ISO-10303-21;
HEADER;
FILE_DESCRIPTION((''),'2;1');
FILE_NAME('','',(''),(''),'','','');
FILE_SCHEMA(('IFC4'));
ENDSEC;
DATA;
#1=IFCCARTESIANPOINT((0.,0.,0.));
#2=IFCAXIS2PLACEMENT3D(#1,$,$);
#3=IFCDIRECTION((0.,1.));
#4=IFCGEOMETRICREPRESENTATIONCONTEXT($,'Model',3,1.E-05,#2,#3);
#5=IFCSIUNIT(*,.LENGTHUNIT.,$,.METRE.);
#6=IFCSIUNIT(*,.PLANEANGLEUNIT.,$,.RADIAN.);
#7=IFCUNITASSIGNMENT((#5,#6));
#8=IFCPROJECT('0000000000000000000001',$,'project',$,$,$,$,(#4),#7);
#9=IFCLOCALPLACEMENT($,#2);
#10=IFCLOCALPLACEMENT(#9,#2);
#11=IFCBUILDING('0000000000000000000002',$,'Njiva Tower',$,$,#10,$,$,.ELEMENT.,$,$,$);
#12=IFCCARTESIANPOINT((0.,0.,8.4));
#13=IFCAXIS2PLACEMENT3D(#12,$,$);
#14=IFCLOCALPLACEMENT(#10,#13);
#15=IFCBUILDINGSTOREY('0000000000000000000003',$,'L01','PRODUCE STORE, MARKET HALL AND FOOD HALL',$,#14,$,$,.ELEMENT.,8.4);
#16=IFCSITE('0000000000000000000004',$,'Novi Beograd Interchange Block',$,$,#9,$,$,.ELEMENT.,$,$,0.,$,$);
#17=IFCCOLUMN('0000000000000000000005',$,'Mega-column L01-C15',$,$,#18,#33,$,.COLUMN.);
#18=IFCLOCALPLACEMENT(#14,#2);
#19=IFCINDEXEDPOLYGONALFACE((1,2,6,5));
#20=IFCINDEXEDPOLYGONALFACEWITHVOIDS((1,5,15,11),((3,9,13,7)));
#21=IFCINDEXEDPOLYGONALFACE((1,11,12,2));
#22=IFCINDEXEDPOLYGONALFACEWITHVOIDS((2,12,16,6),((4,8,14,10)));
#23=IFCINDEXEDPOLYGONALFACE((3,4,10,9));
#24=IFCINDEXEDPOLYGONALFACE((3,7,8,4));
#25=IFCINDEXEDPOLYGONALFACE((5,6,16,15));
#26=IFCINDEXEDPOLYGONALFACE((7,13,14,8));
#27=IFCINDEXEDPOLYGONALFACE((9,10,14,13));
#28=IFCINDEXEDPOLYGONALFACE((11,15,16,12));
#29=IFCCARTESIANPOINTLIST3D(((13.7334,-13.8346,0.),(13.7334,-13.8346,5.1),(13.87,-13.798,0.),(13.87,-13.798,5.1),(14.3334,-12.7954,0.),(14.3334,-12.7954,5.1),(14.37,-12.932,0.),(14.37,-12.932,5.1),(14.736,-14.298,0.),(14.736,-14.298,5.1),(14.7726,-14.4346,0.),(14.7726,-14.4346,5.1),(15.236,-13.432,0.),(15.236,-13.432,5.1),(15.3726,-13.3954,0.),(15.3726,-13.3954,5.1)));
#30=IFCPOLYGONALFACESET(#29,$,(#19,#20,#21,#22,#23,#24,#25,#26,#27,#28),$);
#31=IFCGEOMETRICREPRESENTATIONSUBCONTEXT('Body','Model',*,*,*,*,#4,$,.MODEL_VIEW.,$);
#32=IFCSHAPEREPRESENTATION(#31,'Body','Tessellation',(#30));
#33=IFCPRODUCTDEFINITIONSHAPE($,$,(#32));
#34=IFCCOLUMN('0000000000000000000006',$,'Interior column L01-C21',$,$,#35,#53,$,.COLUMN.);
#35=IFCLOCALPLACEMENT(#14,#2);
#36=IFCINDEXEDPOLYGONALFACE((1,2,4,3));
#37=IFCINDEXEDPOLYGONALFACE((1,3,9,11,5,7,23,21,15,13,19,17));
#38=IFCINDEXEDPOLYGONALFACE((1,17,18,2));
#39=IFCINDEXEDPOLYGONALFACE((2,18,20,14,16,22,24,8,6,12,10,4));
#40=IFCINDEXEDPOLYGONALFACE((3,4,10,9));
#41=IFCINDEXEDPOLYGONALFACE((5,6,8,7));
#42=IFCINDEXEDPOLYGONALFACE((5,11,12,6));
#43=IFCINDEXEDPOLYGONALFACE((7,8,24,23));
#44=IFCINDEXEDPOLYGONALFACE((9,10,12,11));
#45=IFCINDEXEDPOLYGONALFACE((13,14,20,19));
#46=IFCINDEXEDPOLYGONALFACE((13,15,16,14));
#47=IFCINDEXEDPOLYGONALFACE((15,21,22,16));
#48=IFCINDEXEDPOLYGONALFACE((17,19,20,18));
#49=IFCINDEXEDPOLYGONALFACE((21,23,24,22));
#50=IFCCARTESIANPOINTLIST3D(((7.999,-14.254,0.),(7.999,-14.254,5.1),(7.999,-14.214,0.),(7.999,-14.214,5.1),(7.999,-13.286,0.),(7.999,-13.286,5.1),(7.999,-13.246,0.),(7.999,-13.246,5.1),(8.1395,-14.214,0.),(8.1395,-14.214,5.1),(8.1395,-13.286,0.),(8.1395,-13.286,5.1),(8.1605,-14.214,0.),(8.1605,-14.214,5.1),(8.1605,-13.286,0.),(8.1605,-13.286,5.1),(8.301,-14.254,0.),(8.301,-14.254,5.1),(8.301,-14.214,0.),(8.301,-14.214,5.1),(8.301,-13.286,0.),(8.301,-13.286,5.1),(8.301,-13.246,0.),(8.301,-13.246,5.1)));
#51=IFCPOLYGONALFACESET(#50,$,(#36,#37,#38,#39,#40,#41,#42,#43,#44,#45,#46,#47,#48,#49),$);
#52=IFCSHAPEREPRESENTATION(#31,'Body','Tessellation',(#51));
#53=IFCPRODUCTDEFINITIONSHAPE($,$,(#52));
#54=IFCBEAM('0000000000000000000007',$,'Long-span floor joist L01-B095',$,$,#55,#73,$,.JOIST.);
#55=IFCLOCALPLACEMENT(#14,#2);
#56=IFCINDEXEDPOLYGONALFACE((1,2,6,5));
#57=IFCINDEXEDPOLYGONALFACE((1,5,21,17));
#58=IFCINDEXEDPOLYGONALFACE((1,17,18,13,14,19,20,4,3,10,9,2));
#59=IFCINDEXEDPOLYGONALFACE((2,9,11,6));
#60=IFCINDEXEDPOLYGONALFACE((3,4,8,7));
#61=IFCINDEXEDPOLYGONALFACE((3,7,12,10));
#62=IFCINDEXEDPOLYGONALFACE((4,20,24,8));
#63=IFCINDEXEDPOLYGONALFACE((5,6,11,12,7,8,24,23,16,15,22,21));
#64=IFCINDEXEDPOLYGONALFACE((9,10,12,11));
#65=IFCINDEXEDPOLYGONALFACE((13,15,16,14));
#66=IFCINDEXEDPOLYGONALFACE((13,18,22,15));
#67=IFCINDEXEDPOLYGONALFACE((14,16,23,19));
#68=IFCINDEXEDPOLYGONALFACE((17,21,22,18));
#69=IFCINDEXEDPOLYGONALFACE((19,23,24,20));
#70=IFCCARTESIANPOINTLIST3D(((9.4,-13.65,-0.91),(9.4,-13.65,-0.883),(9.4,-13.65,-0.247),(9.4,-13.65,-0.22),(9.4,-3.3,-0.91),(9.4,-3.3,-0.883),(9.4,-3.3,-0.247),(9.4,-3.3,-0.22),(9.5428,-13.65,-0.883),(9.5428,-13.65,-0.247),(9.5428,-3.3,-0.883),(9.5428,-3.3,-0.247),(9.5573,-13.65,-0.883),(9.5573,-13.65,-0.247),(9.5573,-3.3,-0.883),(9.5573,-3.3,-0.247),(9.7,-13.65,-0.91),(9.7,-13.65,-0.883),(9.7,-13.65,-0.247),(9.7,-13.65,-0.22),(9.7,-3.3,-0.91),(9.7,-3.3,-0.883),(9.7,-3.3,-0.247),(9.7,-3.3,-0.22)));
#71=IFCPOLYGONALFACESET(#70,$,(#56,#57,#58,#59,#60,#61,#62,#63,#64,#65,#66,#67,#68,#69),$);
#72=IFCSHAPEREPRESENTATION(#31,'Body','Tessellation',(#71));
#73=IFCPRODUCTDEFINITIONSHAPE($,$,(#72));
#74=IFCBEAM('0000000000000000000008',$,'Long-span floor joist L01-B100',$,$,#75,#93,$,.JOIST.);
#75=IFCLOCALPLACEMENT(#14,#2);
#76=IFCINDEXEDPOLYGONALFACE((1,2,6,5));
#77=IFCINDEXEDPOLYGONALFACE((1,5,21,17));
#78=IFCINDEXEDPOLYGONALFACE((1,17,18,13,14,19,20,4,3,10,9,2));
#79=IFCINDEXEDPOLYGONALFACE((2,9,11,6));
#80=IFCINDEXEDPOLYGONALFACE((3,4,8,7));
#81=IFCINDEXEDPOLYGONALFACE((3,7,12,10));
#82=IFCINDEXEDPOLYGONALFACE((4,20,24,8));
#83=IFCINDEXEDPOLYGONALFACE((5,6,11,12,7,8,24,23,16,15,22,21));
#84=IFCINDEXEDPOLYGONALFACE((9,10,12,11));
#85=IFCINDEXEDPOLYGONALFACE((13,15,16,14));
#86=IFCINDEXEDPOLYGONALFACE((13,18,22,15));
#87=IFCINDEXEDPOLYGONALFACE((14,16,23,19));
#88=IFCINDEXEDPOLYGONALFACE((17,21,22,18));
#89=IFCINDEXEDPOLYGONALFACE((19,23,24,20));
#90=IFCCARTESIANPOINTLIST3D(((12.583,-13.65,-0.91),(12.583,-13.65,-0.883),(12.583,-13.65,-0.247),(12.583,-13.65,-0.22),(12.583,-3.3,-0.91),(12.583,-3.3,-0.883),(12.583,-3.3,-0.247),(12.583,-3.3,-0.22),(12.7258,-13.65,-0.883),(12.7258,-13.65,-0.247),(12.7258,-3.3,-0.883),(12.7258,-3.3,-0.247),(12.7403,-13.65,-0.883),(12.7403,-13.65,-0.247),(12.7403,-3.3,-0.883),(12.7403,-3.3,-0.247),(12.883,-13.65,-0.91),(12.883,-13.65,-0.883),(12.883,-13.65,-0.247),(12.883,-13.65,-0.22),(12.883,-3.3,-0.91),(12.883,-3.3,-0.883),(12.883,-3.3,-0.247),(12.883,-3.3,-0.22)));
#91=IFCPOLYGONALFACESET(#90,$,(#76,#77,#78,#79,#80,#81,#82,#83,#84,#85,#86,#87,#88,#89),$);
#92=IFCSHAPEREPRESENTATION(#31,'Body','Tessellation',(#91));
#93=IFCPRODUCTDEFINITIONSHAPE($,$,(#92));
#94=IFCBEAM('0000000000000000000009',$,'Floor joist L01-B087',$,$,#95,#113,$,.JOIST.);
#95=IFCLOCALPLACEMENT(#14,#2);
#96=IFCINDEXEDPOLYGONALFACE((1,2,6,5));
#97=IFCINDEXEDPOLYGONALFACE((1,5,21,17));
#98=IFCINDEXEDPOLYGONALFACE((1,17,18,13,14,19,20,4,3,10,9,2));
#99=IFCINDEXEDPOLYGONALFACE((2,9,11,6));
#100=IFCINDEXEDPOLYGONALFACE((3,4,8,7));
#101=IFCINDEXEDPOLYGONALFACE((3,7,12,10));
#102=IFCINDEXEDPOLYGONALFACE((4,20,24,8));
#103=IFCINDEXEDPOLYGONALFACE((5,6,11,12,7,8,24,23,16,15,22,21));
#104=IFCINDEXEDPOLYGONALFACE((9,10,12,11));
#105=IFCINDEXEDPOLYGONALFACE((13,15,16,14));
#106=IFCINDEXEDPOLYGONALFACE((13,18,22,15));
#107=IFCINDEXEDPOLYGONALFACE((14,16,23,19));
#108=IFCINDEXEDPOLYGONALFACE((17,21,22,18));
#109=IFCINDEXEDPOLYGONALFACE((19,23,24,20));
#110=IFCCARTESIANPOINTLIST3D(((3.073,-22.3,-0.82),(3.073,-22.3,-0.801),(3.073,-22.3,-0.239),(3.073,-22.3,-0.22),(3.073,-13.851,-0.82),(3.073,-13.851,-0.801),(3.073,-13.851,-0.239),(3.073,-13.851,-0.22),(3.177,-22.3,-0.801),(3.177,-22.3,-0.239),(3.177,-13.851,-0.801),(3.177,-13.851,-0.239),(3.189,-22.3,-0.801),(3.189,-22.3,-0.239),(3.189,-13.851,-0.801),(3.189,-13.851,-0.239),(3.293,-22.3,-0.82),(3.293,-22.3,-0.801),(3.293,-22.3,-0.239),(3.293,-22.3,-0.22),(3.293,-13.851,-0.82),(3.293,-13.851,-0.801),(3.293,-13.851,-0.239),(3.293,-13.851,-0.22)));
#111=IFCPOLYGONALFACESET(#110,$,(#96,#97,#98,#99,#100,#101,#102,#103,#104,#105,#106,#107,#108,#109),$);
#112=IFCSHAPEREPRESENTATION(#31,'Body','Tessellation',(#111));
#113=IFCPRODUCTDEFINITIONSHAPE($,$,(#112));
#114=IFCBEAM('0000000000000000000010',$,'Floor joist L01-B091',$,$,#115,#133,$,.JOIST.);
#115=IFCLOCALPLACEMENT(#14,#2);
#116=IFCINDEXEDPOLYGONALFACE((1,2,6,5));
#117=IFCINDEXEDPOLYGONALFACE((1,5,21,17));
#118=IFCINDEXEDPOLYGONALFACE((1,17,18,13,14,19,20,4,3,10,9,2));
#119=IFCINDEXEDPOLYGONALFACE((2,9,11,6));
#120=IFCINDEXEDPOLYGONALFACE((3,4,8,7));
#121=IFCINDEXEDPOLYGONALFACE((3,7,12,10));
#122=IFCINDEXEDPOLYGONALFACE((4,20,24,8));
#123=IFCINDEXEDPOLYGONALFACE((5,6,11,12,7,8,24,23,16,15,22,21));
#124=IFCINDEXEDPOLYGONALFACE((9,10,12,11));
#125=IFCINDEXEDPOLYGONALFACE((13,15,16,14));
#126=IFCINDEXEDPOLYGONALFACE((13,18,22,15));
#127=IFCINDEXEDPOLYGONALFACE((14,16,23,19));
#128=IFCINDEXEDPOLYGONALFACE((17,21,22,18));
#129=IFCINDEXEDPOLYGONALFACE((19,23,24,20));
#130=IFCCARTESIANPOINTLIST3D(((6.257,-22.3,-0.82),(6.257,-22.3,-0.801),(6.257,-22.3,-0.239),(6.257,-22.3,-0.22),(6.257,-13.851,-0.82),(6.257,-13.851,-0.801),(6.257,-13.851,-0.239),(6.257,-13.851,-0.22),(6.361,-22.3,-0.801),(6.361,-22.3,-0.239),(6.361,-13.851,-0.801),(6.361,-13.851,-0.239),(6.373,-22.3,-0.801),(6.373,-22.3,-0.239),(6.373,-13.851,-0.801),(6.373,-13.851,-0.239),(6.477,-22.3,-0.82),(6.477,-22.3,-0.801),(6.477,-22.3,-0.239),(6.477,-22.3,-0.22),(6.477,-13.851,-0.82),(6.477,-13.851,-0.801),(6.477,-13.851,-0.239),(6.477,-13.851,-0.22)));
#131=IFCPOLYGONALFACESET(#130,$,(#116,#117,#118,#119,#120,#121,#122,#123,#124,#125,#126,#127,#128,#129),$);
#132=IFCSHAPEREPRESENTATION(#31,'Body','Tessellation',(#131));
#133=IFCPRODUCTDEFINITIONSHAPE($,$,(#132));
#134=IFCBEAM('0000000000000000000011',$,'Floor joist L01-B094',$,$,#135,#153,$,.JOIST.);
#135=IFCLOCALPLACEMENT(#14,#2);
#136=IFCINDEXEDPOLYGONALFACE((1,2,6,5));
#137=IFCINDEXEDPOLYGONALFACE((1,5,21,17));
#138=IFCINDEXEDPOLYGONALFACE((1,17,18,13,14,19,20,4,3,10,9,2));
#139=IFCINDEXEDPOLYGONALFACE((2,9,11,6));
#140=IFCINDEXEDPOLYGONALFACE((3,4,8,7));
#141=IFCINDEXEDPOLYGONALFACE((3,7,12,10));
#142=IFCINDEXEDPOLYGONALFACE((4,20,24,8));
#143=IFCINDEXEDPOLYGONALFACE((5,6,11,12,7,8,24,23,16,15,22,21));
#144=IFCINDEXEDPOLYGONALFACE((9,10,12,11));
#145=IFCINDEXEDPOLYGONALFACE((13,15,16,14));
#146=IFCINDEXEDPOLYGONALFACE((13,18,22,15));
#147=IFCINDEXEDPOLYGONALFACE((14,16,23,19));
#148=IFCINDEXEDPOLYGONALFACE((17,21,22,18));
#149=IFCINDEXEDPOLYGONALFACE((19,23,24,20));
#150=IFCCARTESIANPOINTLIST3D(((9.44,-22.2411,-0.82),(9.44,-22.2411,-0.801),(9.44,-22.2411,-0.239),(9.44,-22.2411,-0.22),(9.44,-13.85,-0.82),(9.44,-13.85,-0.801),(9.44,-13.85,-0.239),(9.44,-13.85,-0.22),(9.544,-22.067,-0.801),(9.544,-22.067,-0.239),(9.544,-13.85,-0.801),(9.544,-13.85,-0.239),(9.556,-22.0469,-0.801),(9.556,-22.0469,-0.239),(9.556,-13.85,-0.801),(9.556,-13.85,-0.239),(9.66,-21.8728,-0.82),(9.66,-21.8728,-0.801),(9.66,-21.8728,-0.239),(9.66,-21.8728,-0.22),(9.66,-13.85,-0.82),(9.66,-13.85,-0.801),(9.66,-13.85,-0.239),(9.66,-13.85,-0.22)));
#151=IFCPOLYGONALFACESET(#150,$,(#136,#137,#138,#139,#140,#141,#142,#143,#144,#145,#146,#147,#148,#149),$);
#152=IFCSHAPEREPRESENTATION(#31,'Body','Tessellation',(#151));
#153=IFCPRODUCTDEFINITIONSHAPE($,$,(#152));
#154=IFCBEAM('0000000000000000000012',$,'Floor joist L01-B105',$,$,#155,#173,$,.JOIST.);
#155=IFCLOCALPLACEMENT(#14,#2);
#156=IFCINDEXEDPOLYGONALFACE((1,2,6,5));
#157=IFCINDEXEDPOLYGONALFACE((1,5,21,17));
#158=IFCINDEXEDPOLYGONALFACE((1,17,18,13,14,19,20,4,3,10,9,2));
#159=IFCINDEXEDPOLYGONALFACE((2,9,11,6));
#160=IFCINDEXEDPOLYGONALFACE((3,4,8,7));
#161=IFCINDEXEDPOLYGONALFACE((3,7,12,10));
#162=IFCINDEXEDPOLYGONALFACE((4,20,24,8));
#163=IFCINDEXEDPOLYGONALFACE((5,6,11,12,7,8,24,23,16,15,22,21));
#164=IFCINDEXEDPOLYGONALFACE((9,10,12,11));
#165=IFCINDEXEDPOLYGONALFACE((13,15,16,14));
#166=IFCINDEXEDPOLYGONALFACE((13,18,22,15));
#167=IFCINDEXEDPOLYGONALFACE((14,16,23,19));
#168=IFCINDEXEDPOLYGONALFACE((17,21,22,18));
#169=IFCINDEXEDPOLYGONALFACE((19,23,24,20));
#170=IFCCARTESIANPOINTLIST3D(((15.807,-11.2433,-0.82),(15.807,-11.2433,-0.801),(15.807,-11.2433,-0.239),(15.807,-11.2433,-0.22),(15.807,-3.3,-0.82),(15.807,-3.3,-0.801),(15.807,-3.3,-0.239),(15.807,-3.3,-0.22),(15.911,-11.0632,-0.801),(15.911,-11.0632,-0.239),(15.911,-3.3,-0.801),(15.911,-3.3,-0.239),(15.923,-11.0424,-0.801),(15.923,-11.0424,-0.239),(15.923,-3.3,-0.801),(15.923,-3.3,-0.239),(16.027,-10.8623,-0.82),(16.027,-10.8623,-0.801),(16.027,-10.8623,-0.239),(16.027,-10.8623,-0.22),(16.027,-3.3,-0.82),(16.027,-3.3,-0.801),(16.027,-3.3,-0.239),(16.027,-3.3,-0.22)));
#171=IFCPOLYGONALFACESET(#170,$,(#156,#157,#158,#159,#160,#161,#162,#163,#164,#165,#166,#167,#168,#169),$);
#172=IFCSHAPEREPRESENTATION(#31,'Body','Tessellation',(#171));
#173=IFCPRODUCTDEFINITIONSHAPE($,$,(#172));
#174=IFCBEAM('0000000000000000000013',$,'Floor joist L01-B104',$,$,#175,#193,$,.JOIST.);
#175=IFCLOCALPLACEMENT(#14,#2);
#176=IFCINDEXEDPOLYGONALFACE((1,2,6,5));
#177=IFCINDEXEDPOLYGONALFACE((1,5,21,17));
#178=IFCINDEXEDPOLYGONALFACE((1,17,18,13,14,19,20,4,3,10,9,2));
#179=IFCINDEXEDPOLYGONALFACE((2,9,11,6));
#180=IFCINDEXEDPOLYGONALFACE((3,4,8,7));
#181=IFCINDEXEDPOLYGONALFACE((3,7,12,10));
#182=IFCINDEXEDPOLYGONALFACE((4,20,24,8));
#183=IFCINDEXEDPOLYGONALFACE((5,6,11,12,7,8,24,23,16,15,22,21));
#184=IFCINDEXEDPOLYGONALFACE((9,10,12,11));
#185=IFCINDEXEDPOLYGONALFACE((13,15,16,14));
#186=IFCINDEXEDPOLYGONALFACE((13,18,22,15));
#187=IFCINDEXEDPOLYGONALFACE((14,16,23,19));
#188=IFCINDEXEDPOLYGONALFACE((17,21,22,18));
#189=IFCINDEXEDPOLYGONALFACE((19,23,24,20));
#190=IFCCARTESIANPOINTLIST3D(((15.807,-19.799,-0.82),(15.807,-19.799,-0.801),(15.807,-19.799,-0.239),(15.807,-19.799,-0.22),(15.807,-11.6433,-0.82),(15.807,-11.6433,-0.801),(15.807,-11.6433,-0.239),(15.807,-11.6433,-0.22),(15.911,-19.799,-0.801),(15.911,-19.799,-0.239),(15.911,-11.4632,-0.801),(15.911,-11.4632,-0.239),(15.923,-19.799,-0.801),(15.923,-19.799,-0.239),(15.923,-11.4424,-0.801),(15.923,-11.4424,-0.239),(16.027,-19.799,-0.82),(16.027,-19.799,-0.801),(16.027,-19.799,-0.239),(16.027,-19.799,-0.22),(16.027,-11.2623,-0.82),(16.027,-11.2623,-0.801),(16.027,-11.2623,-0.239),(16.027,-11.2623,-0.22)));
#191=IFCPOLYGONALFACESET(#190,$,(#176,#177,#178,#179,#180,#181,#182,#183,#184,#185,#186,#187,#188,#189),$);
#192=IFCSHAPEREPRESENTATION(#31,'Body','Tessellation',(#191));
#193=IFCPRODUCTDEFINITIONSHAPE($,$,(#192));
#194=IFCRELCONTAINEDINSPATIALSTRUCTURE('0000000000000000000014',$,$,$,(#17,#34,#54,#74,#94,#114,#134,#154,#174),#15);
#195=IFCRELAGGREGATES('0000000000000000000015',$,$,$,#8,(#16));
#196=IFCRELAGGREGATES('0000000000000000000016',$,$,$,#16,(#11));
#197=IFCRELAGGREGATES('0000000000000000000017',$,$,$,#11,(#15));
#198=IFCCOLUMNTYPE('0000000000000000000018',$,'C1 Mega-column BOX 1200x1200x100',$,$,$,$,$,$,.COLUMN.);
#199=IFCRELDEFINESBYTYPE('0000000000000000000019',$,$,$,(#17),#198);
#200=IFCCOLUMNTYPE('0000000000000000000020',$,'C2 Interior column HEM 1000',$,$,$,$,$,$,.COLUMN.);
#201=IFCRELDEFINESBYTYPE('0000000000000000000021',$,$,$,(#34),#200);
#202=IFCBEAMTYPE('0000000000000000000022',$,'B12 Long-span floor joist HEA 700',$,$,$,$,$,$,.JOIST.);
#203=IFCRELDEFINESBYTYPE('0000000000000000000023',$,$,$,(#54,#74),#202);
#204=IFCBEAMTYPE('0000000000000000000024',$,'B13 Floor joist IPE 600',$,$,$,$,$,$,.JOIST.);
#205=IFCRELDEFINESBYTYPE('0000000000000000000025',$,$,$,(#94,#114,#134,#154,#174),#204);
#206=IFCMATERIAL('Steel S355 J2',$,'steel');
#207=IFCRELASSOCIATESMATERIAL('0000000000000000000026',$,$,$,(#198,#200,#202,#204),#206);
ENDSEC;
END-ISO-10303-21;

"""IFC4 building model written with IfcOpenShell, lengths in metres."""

from ifc_helpers import new_model, si_unit, direction, frame, origin, origin_2d, place, context, subcontext, project, spatial, hollow_rectangle, i_section, extrude, clip, halfspace, material, material_profile, profile_set, type_object, element, save


model = new_model("IFC4")

# Units and contexts
model_context = context("Model", 3, precision=1e-05, world=origin(), true_north=direction((0.0, 1.0)))
body_context = subcontext(model_context, "Body", "Model", "MODEL_VIEW")
ifc_project = project(units=[si_unit("LENGTHUNIT", "METRE"), si_unit("PLANEANGLEUNIT", "RADIAN")], contexts=[model_context])

# Site, building, storey
site_placement = place(None, origin())
site = spatial("IfcSite", under=ifc_project, at=site_placement, Name="Novi Beograd Interchange Block", CompositionType="ELEMENT", RefElevation=0.0)
building_placement = place(site_placement, origin())
building = spatial("IfcBuilding", under=site, at=building_placement, Name="Njiva Tower", CompositionType="ELEMENT")
storey_placement = place(building_placement, frame((0.0, 0.0, 8.4)))
storey = spatial("IfcBuildingStorey", under=building, at=storey_placement, Name="L01", Description="PRODUCE STORE, MARKET HALL AND FOOD HALL", CompositionType="ELEMENT", Elevation=8.4)

# Columns
ifc_material_1 = material(Name="Steel S355 J2", Category="steel")
ifc_material_profile_1 = material_profile(ifc_material_1, hollow_rectangle(XDim=1.2, YDim=1.2, WallThickness=0.1, at=origin_2d()), Name="BOX 1200x1200x100")
ifc_profile_set_1 = profile_set([ifc_material_profile_1], Name="Steel S355 J2")
column_type_1 = type_object("IfcColumnType", Name="C1 Mega-column BOX 1200x1200x100", PredefinedType="COLUMN", material=ifc_profile_set_1)
column_1_placement = place(storey_placement, frame((14.553, -13.615, 0.0), z_axis=(0.0, 0.0, 1.0), x_axis=(0.5, 0.866025, 0.0)))
element("IfcColumn", 1, at=column_1_placement, inside=storey, type_object=column_type_1, Name="Mega-column L01-C15", PredefinedType="COLUMN", context=body_context, shape_type="SweptSolid", body=[
    extrude(hollow_rectangle(XDim=1.2, YDim=1.2, WallThickness=0.1, at=origin_2d()), origin(), (0.0, 0.0, 1.0), 5.1),
])
ifc_material_profile_2 = material_profile(ifc_material_1, i_section(OverallWidth=0.302, OverallDepth=1.008, WebThickness=0.021, FlangeThickness=0.04, at=origin_2d()), Name="HEM 1000")
ifc_profile_set_2 = profile_set([ifc_material_profile_2], Name="Steel S355 J2")
column_type_2 = type_object("IfcColumnType", Name="C2 Interior column HEM 1000", PredefinedType="COLUMN", material=ifc_profile_set_2)
column_2_placement = place(storey_placement, frame((8.15, -13.75, 0.0), z_axis=(0.0, 0.0, 1.0), x_axis=(1.0, 0.0, 0.0)))
element("IfcColumn", 2, at=column_2_placement, inside=storey, type_object=column_type_2, Name="Interior column L01-C21", PredefinedType="COLUMN", context=body_context, shape_type="SweptSolid", body=[
    extrude(i_section(OverallWidth=0.302, OverallDepth=1.008, WebThickness=0.021, FlangeThickness=0.04, at=origin_2d()), origin(), (0.0, 0.0, 1.0), 5.1),
])

# Beams
ifc_material_profile_3 = material_profile(ifc_material_1, i_section(OverallWidth=0.3, OverallDepth=0.69, WebThickness=0.0145, FlangeThickness=0.027, at=origin_2d()), Name="HEA 700")
ifc_profile_set_3 = profile_set([ifc_material_profile_3], Name="Steel S355 J2")
beam_type_1 = type_object("IfcBeamType", Name="B12 Long-span floor joist HEA 700", PredefinedType="JOIST", material=ifc_profile_set_3)
for number, where, z_axis, x_axis, name in (
    (3, (9.55, -3.3, -0.565), (0.0, -1.0, 0.0), (1.0, 0.0, 0.0), "Long-span floor joist L01-B095"),
    (4, (12.733, -3.3, -0.565), (0.0, -1.0, 0.0), (1.0, 0.0, 0.0), "Long-span floor joist L01-B100"),
):
    element("IfcBeam", number, at=place(storey_placement, frame(where, z_axis=z_axis, x_axis=x_axis)), inside=storey, type_object=beam_type_1, Name=name, PredefinedType="JOIST", context=body_context, shape_type="SweptSolid", body=[
        extrude(i_section(OverallWidth=0.3, OverallDepth=0.69, WebThickness=0.0145, FlangeThickness=0.027, at=origin_2d()), origin(), (0.0, 0.0, 1.0), 10.35),
    ])
ifc_material_profile_4 = material_profile(ifc_material_1, i_section(OverallWidth=0.22, OverallDepth=0.6, WebThickness=0.012, FlangeThickness=0.019, at=origin_2d()), Name="IPE 600")
ifc_profile_set_4 = profile_set([ifc_material_profile_4], Name="Steel S355 J2")
beam_type_2 = type_object("IfcBeamType", Name="B13 Floor joist IPE 600", PredefinedType="JOIST", material=ifc_profile_set_4)
for number, where, z_axis, x_axis, name in (
    (5, (3.183, -13.851, -0.52), (0.0, -1.0, 0.0), (1.0, 0.0, 0.0), "Floor joist L01-B087"),
    (6, (6.367, -13.851, -0.52), (0.0, -1.0, 0.0), (1.0, 0.0, 0.0), "Floor joist L01-B091"),
):
    element("IfcBeam", number, at=place(storey_placement, frame(where, z_axis=z_axis, x_axis=x_axis)), inside=storey, type_object=beam_type_2, Name=name, PredefinedType="JOIST", context=body_context, shape_type="SweptSolid", body=[
        extrude(i_section(OverallWidth=0.22, OverallDepth=0.6, WebThickness=0.012, FlangeThickness=0.019, at=origin_2d()), origin(), (0.0, 0.0, 1.0), 8.449),
    ])
beam_1_placement = place(storey_placement, frame((9.55, -13.85, -0.52), z_axis=(0.0, -1.0, 0.0), x_axis=(1.0, 0.0, 0.0)))
element("IfcBeam", 7, at=beam_1_placement, inside=storey, type_object=beam_type_2, Name="Floor joist L01-B094", PredefinedType="JOIST", context=body_context, shape_type="Clipping", body=[
    clip(extrude(i_section(OverallWidth=0.22, OverallDepth=0.6, WebThickness=0.012, FlangeThickness=0.019, at=origin_2d()), origin(), (0.0, 0.0, 1.0), 8.411), halfspace(frame((0.0429, 0.0, 8.1351), z_axis=(0.858483, 0.0, 0.512842), x_axis=(0.0, 1.0, 0.0)), False)),
])
beam_2_placement = place(storey_placement, frame((15.917, -3.3, -0.52), z_axis=(0.0, -1.0, 0.0), x_axis=(1.0, 0.0, 0.0)))
element("IfcBeam", 8, at=beam_2_placement, inside=storey, type_object=beam_type_2, Name="Floor joist L01-B105", PredefinedType="JOIST", context=body_context, shape_type="Clipping", body=[
    clip(extrude(i_section(OverallWidth=0.22, OverallDepth=0.6, WebThickness=0.012, FlangeThickness=0.019, at=origin_2d()), origin(), (0.0, 0.0, 1.0), 7.964), halfspace(frame((0.043, 0.0, 7.6783), z_axis=(0.866027, 0.0, 0.499998), x_axis=(0.0, 1.0, 0.0)), False)),
])
beam_3_placement = place(storey_placement, frame((15.917, -11.242, -0.52), z_axis=(0.0, -1.0, 0.0), x_axis=(1.0, 0.0, 0.0)))
element("IfcBeam", 9, at=beam_3_placement, inside=storey, type_object=beam_type_2, Name="Floor joist L01-B104", PredefinedType="JOIST", context=body_context, shape_type="Clipping", body=[
    clip(extrude(i_section(OverallWidth=0.22, OverallDepth=0.6, WebThickness=0.012, FlangeThickness=0.019, at=origin_2d()), origin(), (0.0, 0.0, 1.0), 8.557), halfspace(frame((-0.0436, 0.0, 0.2863), z_axis=(-0.866027, 0.0, -0.499998), x_axis=(0.0, -1.0, 0.0)), False)),
])

save(model, "model.ifc")
